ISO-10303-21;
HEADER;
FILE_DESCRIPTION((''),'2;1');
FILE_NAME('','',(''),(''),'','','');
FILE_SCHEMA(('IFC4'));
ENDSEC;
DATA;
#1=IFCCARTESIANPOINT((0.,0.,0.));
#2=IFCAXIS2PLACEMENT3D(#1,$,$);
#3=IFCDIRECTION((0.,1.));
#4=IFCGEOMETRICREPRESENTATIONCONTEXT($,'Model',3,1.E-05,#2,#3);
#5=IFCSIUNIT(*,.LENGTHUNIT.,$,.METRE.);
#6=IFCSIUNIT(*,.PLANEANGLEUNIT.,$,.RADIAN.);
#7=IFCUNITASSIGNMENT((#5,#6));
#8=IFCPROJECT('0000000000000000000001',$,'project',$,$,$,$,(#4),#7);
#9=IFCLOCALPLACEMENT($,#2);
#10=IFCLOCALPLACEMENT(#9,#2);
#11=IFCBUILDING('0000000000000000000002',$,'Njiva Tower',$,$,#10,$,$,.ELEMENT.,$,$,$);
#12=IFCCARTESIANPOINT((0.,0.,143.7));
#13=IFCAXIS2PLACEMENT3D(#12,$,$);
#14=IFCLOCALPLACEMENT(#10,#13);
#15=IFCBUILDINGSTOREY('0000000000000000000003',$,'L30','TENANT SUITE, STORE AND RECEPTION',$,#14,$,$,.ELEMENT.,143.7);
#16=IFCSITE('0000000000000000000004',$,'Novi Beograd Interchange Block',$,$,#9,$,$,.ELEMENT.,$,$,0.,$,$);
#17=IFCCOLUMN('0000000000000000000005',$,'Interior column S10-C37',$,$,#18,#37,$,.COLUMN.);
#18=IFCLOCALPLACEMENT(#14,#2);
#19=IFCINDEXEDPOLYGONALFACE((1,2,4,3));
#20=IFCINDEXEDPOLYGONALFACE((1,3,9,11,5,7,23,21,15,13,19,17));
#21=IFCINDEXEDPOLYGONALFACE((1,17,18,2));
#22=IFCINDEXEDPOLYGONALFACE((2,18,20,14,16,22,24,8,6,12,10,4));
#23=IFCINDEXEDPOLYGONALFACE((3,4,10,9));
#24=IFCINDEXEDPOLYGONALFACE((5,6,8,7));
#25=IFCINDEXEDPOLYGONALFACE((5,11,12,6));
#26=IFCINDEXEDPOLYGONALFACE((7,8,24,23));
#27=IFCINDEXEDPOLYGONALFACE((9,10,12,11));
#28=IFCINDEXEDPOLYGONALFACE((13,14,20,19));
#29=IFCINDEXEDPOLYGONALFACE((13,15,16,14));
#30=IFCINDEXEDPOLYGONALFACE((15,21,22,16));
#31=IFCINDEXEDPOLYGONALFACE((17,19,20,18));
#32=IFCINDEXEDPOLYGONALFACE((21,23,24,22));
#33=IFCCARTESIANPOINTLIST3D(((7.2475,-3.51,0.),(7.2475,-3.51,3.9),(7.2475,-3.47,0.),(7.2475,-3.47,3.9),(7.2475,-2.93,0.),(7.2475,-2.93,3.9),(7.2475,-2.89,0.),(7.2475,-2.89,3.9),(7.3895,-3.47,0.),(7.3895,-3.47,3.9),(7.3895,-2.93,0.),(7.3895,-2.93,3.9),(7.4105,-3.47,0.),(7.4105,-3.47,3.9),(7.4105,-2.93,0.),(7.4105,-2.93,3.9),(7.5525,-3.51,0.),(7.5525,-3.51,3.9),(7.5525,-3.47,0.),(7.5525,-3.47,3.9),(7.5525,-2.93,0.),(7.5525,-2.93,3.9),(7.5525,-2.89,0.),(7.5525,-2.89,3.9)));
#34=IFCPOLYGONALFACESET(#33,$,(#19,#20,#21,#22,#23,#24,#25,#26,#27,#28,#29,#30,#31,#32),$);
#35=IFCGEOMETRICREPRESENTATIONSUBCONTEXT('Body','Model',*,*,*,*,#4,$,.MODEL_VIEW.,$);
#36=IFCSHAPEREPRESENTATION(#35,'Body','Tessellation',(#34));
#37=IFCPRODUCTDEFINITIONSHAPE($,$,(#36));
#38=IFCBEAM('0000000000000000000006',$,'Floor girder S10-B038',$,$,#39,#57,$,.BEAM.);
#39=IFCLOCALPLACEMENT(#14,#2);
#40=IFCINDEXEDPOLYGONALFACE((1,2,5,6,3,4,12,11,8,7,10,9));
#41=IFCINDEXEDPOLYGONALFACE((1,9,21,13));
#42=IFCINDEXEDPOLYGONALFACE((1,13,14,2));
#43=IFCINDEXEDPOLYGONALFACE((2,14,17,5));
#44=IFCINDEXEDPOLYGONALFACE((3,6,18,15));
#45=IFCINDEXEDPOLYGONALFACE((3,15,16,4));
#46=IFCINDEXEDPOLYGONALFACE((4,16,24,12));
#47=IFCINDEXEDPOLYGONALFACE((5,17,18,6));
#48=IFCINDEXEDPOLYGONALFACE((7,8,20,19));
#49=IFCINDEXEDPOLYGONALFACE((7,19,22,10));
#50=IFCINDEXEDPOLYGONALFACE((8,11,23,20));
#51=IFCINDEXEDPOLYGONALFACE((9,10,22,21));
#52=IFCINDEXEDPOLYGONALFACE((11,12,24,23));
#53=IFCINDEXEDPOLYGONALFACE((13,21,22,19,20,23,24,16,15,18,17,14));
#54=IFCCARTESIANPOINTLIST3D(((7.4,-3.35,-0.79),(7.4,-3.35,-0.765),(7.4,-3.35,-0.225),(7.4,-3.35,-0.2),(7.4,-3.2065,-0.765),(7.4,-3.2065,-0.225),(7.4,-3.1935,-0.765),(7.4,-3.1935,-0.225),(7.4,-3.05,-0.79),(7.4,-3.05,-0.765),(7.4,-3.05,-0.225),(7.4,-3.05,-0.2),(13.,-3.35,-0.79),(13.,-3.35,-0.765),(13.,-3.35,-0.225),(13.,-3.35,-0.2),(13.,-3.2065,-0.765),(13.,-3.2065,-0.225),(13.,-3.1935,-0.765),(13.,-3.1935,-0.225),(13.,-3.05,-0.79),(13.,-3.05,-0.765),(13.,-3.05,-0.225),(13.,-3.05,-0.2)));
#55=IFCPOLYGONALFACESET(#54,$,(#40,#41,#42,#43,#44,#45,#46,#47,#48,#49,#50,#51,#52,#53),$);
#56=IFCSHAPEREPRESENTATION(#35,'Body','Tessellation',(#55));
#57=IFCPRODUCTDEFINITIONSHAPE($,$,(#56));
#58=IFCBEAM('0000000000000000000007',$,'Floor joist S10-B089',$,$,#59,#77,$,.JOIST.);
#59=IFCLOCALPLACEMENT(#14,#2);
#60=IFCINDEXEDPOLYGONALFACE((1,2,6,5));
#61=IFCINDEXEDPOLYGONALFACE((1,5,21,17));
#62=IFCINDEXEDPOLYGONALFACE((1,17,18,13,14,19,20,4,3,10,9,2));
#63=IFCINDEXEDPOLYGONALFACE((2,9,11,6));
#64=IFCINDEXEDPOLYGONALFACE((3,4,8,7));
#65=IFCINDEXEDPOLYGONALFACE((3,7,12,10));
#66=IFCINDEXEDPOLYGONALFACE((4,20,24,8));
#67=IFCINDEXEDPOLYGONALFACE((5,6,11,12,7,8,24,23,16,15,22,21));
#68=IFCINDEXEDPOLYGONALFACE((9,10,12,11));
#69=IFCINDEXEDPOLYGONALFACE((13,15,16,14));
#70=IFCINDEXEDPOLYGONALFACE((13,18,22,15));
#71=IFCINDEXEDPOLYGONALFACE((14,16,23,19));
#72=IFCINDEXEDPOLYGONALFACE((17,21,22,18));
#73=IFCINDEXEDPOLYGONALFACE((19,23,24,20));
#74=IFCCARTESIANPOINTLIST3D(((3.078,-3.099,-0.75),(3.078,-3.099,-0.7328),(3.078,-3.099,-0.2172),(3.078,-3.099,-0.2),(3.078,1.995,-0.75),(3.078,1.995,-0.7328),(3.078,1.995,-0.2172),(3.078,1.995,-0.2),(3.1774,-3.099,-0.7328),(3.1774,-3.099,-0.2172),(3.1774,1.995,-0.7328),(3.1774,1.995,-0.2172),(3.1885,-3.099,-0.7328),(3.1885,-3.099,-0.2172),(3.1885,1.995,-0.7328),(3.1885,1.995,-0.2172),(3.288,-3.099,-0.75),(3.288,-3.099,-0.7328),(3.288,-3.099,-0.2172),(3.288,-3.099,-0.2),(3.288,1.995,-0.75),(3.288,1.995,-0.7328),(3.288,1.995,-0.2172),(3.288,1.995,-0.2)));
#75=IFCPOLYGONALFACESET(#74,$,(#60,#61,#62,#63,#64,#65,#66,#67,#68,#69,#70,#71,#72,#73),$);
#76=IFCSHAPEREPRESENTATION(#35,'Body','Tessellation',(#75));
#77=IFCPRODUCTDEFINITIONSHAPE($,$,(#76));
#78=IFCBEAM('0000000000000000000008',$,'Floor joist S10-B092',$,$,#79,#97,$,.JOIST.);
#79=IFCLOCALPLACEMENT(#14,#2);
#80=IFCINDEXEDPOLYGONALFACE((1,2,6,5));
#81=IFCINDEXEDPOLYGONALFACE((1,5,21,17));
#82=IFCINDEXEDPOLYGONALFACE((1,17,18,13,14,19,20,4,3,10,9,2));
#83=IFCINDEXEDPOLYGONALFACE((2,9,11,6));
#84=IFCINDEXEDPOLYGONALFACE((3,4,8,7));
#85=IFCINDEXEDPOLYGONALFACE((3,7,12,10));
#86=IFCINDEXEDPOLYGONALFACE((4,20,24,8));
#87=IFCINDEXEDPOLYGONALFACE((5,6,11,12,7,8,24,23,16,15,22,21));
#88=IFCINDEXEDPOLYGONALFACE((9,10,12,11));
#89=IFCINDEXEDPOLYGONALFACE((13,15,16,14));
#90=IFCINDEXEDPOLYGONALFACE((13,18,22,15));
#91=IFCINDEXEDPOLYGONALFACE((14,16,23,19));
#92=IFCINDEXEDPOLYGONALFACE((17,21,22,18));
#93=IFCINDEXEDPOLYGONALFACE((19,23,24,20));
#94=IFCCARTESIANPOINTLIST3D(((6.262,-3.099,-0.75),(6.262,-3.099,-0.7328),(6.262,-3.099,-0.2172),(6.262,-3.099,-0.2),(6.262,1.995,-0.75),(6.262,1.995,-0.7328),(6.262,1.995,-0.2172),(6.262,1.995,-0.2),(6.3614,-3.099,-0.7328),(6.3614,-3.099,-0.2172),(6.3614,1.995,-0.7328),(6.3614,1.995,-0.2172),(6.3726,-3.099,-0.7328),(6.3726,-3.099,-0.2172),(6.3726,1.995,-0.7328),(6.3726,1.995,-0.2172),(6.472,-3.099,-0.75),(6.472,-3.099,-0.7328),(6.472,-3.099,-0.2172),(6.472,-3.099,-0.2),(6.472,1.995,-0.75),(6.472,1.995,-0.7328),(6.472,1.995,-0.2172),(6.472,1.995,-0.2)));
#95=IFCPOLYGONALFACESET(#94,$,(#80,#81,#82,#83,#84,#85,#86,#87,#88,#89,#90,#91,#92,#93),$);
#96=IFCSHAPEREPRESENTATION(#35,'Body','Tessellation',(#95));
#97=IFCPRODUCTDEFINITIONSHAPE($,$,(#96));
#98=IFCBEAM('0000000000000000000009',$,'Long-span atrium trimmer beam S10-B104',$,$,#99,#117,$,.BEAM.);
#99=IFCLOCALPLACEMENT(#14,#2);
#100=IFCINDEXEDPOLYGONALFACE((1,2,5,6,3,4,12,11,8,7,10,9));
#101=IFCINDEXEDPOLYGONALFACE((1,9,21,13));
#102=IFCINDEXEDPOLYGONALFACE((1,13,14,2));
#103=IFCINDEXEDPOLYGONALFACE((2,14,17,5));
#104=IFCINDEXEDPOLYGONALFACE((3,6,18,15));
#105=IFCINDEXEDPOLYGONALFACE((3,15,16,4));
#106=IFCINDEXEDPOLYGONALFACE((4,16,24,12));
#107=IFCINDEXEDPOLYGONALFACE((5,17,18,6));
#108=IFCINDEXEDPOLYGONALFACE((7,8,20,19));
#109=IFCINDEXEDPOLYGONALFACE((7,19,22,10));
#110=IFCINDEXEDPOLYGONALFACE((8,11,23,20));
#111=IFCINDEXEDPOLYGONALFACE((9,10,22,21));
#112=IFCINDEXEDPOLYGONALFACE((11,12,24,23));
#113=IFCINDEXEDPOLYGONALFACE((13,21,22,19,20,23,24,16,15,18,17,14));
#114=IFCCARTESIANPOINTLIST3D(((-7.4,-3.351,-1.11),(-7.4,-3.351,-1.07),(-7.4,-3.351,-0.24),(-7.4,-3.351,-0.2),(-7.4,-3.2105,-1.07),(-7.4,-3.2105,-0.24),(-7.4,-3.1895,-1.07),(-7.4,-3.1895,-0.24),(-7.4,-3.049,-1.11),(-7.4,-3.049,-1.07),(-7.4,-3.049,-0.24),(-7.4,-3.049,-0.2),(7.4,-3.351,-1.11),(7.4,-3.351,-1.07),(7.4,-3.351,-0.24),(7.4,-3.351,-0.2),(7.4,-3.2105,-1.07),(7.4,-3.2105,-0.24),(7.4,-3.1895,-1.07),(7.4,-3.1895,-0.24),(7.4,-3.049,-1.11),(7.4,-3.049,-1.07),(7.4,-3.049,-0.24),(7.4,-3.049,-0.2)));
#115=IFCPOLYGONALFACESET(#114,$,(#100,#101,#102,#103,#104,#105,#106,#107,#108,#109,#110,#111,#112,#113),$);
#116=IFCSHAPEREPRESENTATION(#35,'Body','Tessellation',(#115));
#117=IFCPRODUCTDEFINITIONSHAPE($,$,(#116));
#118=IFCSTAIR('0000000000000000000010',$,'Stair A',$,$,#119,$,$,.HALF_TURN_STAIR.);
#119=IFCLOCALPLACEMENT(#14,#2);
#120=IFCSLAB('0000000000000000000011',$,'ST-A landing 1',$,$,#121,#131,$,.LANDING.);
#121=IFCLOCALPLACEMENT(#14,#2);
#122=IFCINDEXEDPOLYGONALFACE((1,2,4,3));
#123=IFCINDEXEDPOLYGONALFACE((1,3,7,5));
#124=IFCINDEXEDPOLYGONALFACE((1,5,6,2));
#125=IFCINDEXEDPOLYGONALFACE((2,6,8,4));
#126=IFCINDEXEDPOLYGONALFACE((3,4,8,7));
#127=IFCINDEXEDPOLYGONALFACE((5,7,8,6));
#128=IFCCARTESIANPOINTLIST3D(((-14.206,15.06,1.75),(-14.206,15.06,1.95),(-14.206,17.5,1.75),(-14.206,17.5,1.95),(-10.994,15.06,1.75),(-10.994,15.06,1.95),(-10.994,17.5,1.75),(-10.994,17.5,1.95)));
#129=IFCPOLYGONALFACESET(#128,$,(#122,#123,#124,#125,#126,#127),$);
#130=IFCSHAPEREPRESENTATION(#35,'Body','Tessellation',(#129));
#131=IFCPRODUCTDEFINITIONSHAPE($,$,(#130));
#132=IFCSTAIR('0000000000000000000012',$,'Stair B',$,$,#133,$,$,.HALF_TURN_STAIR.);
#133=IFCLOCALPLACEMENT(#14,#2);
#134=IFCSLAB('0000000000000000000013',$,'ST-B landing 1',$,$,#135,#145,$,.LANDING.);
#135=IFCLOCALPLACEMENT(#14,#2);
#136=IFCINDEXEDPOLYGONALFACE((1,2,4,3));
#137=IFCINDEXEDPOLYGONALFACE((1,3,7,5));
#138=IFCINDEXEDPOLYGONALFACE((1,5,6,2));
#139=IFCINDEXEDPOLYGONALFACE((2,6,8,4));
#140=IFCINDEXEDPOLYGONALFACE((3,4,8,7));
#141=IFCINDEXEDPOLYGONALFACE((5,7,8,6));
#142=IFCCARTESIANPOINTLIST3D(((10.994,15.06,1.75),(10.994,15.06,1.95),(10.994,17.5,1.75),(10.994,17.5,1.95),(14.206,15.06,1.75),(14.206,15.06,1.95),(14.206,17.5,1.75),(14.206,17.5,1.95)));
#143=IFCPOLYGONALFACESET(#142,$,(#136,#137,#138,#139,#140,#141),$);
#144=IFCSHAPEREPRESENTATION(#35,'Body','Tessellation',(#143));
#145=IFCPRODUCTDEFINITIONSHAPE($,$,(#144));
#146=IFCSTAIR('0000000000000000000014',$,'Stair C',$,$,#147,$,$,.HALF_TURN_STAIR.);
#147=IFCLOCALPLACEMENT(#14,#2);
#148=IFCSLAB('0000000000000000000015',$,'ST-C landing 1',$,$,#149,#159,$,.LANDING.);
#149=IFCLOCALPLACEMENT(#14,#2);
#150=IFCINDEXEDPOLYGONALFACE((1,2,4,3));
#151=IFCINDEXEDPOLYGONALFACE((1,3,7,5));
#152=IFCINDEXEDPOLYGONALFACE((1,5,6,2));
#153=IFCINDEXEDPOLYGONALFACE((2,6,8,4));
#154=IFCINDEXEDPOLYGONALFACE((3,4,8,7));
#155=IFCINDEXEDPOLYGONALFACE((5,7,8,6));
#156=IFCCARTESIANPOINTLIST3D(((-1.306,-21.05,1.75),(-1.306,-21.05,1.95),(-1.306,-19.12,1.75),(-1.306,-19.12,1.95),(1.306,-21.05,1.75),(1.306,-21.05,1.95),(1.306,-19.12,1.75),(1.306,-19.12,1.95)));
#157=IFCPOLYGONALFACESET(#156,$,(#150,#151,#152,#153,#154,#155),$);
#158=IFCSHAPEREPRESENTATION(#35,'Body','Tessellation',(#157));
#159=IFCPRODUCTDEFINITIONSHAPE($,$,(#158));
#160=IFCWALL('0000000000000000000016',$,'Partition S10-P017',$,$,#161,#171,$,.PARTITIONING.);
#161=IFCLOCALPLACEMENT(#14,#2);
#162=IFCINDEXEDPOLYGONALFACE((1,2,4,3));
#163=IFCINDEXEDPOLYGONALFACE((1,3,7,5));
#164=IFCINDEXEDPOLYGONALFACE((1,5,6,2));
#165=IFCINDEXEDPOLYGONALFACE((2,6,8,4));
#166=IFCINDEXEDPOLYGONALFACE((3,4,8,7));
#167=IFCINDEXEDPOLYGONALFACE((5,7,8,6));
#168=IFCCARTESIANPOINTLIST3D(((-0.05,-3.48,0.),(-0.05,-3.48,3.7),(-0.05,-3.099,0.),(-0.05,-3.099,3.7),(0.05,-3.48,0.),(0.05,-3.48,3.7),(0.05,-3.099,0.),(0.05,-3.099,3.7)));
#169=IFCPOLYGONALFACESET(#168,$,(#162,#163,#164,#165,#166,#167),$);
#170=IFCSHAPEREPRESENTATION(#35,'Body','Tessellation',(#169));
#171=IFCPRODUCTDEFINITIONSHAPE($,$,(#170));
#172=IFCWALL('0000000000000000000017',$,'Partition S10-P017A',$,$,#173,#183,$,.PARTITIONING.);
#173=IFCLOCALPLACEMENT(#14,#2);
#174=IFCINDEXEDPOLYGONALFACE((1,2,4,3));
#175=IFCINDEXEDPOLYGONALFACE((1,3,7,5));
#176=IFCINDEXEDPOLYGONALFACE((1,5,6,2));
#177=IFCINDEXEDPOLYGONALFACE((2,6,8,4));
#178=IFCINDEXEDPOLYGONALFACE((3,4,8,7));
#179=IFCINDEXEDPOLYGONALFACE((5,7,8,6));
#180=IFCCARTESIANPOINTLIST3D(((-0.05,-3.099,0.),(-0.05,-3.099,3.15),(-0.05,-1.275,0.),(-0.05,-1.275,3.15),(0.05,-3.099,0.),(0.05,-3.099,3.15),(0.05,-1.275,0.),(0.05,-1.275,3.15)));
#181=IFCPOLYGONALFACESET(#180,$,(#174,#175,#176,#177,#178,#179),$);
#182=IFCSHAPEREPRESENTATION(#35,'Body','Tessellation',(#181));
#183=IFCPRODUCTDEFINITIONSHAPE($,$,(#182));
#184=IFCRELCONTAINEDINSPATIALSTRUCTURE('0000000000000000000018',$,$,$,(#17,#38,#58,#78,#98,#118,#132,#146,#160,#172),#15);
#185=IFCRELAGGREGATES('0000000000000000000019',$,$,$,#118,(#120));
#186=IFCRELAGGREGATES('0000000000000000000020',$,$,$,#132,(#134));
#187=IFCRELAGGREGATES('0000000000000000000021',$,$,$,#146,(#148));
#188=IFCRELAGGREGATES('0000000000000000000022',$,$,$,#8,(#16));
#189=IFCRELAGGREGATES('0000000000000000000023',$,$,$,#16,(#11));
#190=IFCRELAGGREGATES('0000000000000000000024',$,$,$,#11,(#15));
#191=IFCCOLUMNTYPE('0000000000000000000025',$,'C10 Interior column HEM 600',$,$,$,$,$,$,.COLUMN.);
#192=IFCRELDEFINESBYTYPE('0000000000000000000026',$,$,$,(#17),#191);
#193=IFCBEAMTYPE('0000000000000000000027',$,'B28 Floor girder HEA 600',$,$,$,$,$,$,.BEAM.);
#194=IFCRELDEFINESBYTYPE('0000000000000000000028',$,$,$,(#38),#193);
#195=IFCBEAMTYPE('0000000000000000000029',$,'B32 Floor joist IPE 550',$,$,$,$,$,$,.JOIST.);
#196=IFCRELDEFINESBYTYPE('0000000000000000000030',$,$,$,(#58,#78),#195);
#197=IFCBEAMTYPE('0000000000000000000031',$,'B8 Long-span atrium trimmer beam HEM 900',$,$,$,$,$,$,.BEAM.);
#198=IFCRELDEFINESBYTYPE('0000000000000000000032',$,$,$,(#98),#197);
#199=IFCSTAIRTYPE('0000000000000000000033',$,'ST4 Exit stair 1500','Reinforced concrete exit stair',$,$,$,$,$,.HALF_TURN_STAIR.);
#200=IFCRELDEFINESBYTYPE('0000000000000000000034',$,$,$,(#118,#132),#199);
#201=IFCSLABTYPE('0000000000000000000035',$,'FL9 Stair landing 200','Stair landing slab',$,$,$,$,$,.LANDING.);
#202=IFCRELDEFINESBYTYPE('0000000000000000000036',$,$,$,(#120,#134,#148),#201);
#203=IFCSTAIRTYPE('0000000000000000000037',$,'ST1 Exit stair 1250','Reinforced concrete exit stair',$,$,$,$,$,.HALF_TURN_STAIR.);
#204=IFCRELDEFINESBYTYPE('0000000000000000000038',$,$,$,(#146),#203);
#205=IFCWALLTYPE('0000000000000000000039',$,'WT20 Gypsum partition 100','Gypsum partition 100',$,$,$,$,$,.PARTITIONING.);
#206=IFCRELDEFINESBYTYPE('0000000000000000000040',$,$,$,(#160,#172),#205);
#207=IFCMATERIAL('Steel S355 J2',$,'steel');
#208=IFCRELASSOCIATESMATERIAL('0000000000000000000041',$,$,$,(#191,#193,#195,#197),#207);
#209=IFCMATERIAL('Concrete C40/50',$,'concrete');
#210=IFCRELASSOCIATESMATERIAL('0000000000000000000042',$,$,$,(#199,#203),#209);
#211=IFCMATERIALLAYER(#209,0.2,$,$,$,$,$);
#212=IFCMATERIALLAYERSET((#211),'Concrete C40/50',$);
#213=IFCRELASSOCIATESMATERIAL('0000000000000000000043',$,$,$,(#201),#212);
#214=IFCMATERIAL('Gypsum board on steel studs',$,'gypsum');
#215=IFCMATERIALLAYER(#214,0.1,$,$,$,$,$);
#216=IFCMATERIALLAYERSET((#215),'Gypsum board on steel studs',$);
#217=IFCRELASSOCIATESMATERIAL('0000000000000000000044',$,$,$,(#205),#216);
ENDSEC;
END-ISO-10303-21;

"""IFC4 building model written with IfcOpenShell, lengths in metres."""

from ifc_helpers import new_model, si_unit, direction, frame, frame_2d, origin, origin_2d, place, context, subcontext, project, spatial, polyline, rectangle, i_section, outline, extrude, material, layer, layer_set, material_profile, profile_set, type_object, element, aggregate, save


model = new_model("IFC4")

# Units and contexts
model_context = context("Model", 3, precision=1e-05, world=origin(), true_north=direction((0.0, 1.0)))
body_context = subcontext(model_context, "Body", "Model", "MODEL_VIEW")
ifc_project = project(units=[si_unit("LENGTHUNIT", "METRE"), si_unit("PLANEANGLEUNIT", "RADIAN")], contexts=[model_context])

# Site, building, storey
site_placement = place(None, origin())
site = spatial("IfcSite", under=ifc_project, at=site_placement, Name="Novi Beograd Interchange Block", CompositionType="ELEMENT", RefElevation=0.0)
building_placement = place(site_placement, origin())
building = spatial("IfcBuilding", under=site, at=building_placement, Name="Njiva Tower", CompositionType="ELEMENT")
storey_placement = place(building_placement, frame((0.0, 0.0, 143.7)))
storey = spatial("IfcBuildingStorey", under=building, at=storey_placement, Name="L30", Description="TENANT SUITE, STORE AND RECEPTION", CompositionType="ELEMENT", Elevation=143.7)

# Column
ifc_material_1 = material(Name="Steel S355 J2", Category="steel")
ifc_material_profile_1 = material_profile(ifc_material_1, i_section(OverallWidth=0.305, OverallDepth=0.62, WebThickness=0.021, FlangeThickness=0.04, at=origin_2d()), Name="HEM 600")
ifc_profile_set_1 = profile_set([ifc_material_profile_1], Name="Steel S355 J2")
column_type = type_object("IfcColumnType", Name="C10 Interior column HEM 600", PredefinedType="COLUMN", material=ifc_profile_set_1)
column_placement = place(storey_placement, frame((7.4, -3.2, 0.0), z_axis=(0.0, 0.0, 1.0), x_axis=(1.0, 0.0, 0.0)))
element("IfcColumn", 1, at=column_placement, inside=storey, type_object=column_type, Name="Interior column S10-C37", PredefinedType="COLUMN", context=body_context, shape_type="SweptSolid", body=[
    extrude(i_section(OverallWidth=0.305, OverallDepth=0.62, WebThickness=0.021, FlangeThickness=0.04, at=origin_2d()), origin(), (0.0, 0.0, 1.0), 3.9),
])

# Beams
ifc_material_profile_2 = material_profile(ifc_material_1, i_section(OverallWidth=0.3, OverallDepth=0.59, WebThickness=0.013, FlangeThickness=0.025, at=origin_2d()), Name="HEA 600")
ifc_profile_set_2 = profile_set([ifc_material_profile_2], Name="Steel S355 J2")
beam_type_1 = type_object("IfcBeamType", Name="B28 Floor girder HEA 600", PredefinedType="BEAM", material=ifc_profile_set_2)
beam_1_placement = place(storey_placement, frame((7.4, -3.2, -0.495), z_axis=(1.0, 0.0, 0.0), x_axis=(0.0, 1.0, 0.0)))
element("IfcBeam", 2, at=beam_1_placement, inside=storey, type_object=beam_type_1, Name="Floor girder S10-B038", PredefinedType="BEAM", context=body_context, shape_type="SweptSolid", body=[
    extrude(i_section(OverallWidth=0.3, OverallDepth=0.59, WebThickness=0.013, FlangeThickness=0.025, at=origin_2d()), origin(), (0.0, 0.0, 1.0), 5.6),
])
ifc_material_profile_3 = material_profile(ifc_material_1, i_section(OverallWidth=0.21, OverallDepth=0.55, WebThickness=0.0111, FlangeThickness=0.0172, at=origin_2d()), Name="IPE 550")
ifc_profile_set_3 = profile_set([ifc_material_profile_3], Name="Steel S355 J2")
beam_type_2 = type_object("IfcBeamType", Name="B32 Floor joist IPE 550", PredefinedType="JOIST", material=ifc_profile_set_3)
for number, where, z_axis, x_axis, name in (
    (3, (3.183, 1.995, -0.475), (0.0, -1.0, 0.0), (1.0, 0.0, 0.0), "Floor joist S10-B089"),
    (4, (6.367, 1.995, -0.475), (0.0, -1.0, 0.0), (1.0, 0.0, 0.0), "Floor joist S10-B092"),
):
    element("IfcBeam", number, at=place(storey_placement, frame(where, z_axis=z_axis, x_axis=x_axis)), inside=storey, type_object=beam_type_2, Name=name, PredefinedType="JOIST", context=body_context, shape_type="SweptSolid", body=[
        extrude(i_section(OverallWidth=0.21, OverallDepth=0.55, WebThickness=0.0111, FlangeThickness=0.0172, at=origin_2d()), origin(), (0.0, 0.0, 1.0), 5.094),
    ])
ifc_material_profile_4 = material_profile(ifc_material_1, i_section(OverallWidth=0.302, OverallDepth=0.91, WebThickness=0.021, FlangeThickness=0.04, at=origin_2d()), Name="HEM 900")
ifc_profile_set_4 = profile_set([ifc_material_profile_4], Name="Steel S355 J2")
beam_type_3 = type_object("IfcBeamType", Name="B8 Long-span atrium trimmer beam HEM 900", PredefinedType="BEAM", material=ifc_profile_set_4)
beam_2_placement = place(storey_placement, frame((7.4, -3.2, -0.655), z_axis=(-1.0, 0.0, 0.0), x_axis=(0.0, -1.0, 0.0)))
element("IfcBeam", 5, at=beam_2_placement, inside=storey, type_object=beam_type_3, Name="Long-span atrium trimmer beam S10-B104", PredefinedType="BEAM", context=body_context, shape_type="SweptSolid", body=[
    extrude(i_section(OverallWidth=0.302, OverallDepth=0.91, WebThickness=0.021, FlangeThickness=0.04, at=origin_2d()), origin(), (0.0, 0.0, 1.0), 14.8),
])

# Stairs, slabs
ifc_material_2 = material(Name="Concrete C40/50", Category="concrete")
stair_type_1 = type_object("IfcStairType", Name="ST4 Exit stair 1500", Description="Reinforced concrete exit stair", PredefinedType="HALF_TURN_STAIR", material=ifc_material_2)
stair_1_placement = place(storey_placement, origin())
stair_1 = element("IfcStair", 6, at=stair_1_placement, inside=storey, type_object=stair_type_1, Name="Stair A", PredefinedType="HALF_TURN_STAIR")
ifc_layer_1 = layer(ifc_material_2, 0.2)
ifc_layer_set_1 = layer_set([ifc_layer_1], Name="Concrete C40/50")
slab_type = type_object("IfcSlabType", Name="FL9 Stair landing 200", Description="Stair landing slab", PredefinedType="LANDING", material=ifc_layer_set_1)
slab_1_placement = place(storey_placement, frame((0.0, 0.0, 1.75)))
slab_1 = element("IfcSlab", 7, at=slab_1_placement, type_object=slab_type, Name="ST-A landing 1", PredefinedType="LANDING", context=body_context, shape_type="SweptSolid", body=[
    extrude(outline(polyline([(-14.206, 15.06), (-10.994, 15.06), (-10.994, 17.5), (-14.206, 17.5), (-14.206, 15.06)])), origin(), (0.0, 0.0, 1.0), 0.2),
])
aggregate(stair_1, [slab_1])
stair_2_placement = place(storey_placement, origin())
stair_2 = element("IfcStair", 8, at=stair_2_placement, inside=storey, type_object=stair_type_1, Name="Stair B", PredefinedType="HALF_TURN_STAIR")
slab_2_placement = place(storey_placement, frame((0.0, 0.0, 1.75)))
slab_2 = element("IfcSlab", 9, at=slab_2_placement, type_object=slab_type, Name="ST-B landing 1", PredefinedType="LANDING", context=body_context, shape_type="SweptSolid", body=[
    extrude(outline(polyline([(10.994, 15.06), (14.206, 15.06), (14.206, 17.5), (10.994, 17.5), (10.994, 15.06)])), origin(), (0.0, 0.0, 1.0), 0.2),
])
aggregate(stair_2, [slab_2])
stair_type_2 = type_object("IfcStairType", Name="ST1 Exit stair 1250", Description="Reinforced concrete exit stair", PredefinedType="HALF_TURN_STAIR", material=ifc_material_2)
stair_3_placement = place(storey_placement, origin())
stair_3 = element("IfcStair", 10, at=stair_3_placement, inside=storey, type_object=stair_type_2, Name="Stair C", PredefinedType="HALF_TURN_STAIR")
slab_3_placement = place(storey_placement, frame((0.0, 0.0, 1.75)))
slab_3 = element("IfcSlab", 11, at=slab_3_placement, type_object=slab_type, Name="ST-C landing 1", PredefinedType="LANDING", context=body_context, shape_type="SweptSolid", body=[
    extrude(outline(polyline([(-1.306, -21.05), (1.306, -21.05), (1.306, -19.12), (-1.306, -19.12), (-1.306, -21.05)])), origin(), (0.0, 0.0, 1.0), 0.2),
])
aggregate(stair_3, [slab_3])

# Walls
ifc_material_3 = material(Name="Gypsum board on steel studs", Category="gypsum")
ifc_layer_2 = layer(ifc_material_3, 0.1)
ifc_layer_set_2 = layer_set([ifc_layer_2], Name="Gypsum board on steel studs")
wall_type_1 = type_object("IfcWallType", Name="WT20 Gypsum partition 100", Description="Gypsum partition 100", PredefinedType="PARTITIONING", material=ifc_layer_set_2)
wall_1_placement = place(storey_placement, frame((0.0, -3.48, 0.0), z_axis=(0.0, 0.0, 1.0), x_axis=(0.0, 1.0, 0.0)))
element("IfcWall", 12, at=wall_1_placement, inside=storey, type_object=wall_type_1, Name="Partition S10-P017", PredefinedType="PARTITIONING", context=body_context, shape_type="SweptSolid", body=[
    extrude(rectangle(XDim=0.381, YDim=0.1, at=frame_2d((0.1905, 0.0))), origin(), (0.0, 0.0, 1.0), 3.7),
])
wall_2_placement = place(storey_placement, frame((0.0, -3.099, 0.0), z_axis=(0.0, 0.0, 1.0), x_axis=(0.0, 1.0, 0.0)))
element("IfcWall", 13, at=wall_2_placement, inside=storey, type_object=wall_type_1, Name="Partition S10-P017A", PredefinedType="PARTITIONING", context=body_context, shape_type="SweptSolid", body=[
    extrude(rectangle(XDim=1.824, YDim=0.1, at=frame_2d((0.912, 0.0))), origin(), (0.0, 0.0, 1.0), 3.15),
])

save(model, "model.ifc")
